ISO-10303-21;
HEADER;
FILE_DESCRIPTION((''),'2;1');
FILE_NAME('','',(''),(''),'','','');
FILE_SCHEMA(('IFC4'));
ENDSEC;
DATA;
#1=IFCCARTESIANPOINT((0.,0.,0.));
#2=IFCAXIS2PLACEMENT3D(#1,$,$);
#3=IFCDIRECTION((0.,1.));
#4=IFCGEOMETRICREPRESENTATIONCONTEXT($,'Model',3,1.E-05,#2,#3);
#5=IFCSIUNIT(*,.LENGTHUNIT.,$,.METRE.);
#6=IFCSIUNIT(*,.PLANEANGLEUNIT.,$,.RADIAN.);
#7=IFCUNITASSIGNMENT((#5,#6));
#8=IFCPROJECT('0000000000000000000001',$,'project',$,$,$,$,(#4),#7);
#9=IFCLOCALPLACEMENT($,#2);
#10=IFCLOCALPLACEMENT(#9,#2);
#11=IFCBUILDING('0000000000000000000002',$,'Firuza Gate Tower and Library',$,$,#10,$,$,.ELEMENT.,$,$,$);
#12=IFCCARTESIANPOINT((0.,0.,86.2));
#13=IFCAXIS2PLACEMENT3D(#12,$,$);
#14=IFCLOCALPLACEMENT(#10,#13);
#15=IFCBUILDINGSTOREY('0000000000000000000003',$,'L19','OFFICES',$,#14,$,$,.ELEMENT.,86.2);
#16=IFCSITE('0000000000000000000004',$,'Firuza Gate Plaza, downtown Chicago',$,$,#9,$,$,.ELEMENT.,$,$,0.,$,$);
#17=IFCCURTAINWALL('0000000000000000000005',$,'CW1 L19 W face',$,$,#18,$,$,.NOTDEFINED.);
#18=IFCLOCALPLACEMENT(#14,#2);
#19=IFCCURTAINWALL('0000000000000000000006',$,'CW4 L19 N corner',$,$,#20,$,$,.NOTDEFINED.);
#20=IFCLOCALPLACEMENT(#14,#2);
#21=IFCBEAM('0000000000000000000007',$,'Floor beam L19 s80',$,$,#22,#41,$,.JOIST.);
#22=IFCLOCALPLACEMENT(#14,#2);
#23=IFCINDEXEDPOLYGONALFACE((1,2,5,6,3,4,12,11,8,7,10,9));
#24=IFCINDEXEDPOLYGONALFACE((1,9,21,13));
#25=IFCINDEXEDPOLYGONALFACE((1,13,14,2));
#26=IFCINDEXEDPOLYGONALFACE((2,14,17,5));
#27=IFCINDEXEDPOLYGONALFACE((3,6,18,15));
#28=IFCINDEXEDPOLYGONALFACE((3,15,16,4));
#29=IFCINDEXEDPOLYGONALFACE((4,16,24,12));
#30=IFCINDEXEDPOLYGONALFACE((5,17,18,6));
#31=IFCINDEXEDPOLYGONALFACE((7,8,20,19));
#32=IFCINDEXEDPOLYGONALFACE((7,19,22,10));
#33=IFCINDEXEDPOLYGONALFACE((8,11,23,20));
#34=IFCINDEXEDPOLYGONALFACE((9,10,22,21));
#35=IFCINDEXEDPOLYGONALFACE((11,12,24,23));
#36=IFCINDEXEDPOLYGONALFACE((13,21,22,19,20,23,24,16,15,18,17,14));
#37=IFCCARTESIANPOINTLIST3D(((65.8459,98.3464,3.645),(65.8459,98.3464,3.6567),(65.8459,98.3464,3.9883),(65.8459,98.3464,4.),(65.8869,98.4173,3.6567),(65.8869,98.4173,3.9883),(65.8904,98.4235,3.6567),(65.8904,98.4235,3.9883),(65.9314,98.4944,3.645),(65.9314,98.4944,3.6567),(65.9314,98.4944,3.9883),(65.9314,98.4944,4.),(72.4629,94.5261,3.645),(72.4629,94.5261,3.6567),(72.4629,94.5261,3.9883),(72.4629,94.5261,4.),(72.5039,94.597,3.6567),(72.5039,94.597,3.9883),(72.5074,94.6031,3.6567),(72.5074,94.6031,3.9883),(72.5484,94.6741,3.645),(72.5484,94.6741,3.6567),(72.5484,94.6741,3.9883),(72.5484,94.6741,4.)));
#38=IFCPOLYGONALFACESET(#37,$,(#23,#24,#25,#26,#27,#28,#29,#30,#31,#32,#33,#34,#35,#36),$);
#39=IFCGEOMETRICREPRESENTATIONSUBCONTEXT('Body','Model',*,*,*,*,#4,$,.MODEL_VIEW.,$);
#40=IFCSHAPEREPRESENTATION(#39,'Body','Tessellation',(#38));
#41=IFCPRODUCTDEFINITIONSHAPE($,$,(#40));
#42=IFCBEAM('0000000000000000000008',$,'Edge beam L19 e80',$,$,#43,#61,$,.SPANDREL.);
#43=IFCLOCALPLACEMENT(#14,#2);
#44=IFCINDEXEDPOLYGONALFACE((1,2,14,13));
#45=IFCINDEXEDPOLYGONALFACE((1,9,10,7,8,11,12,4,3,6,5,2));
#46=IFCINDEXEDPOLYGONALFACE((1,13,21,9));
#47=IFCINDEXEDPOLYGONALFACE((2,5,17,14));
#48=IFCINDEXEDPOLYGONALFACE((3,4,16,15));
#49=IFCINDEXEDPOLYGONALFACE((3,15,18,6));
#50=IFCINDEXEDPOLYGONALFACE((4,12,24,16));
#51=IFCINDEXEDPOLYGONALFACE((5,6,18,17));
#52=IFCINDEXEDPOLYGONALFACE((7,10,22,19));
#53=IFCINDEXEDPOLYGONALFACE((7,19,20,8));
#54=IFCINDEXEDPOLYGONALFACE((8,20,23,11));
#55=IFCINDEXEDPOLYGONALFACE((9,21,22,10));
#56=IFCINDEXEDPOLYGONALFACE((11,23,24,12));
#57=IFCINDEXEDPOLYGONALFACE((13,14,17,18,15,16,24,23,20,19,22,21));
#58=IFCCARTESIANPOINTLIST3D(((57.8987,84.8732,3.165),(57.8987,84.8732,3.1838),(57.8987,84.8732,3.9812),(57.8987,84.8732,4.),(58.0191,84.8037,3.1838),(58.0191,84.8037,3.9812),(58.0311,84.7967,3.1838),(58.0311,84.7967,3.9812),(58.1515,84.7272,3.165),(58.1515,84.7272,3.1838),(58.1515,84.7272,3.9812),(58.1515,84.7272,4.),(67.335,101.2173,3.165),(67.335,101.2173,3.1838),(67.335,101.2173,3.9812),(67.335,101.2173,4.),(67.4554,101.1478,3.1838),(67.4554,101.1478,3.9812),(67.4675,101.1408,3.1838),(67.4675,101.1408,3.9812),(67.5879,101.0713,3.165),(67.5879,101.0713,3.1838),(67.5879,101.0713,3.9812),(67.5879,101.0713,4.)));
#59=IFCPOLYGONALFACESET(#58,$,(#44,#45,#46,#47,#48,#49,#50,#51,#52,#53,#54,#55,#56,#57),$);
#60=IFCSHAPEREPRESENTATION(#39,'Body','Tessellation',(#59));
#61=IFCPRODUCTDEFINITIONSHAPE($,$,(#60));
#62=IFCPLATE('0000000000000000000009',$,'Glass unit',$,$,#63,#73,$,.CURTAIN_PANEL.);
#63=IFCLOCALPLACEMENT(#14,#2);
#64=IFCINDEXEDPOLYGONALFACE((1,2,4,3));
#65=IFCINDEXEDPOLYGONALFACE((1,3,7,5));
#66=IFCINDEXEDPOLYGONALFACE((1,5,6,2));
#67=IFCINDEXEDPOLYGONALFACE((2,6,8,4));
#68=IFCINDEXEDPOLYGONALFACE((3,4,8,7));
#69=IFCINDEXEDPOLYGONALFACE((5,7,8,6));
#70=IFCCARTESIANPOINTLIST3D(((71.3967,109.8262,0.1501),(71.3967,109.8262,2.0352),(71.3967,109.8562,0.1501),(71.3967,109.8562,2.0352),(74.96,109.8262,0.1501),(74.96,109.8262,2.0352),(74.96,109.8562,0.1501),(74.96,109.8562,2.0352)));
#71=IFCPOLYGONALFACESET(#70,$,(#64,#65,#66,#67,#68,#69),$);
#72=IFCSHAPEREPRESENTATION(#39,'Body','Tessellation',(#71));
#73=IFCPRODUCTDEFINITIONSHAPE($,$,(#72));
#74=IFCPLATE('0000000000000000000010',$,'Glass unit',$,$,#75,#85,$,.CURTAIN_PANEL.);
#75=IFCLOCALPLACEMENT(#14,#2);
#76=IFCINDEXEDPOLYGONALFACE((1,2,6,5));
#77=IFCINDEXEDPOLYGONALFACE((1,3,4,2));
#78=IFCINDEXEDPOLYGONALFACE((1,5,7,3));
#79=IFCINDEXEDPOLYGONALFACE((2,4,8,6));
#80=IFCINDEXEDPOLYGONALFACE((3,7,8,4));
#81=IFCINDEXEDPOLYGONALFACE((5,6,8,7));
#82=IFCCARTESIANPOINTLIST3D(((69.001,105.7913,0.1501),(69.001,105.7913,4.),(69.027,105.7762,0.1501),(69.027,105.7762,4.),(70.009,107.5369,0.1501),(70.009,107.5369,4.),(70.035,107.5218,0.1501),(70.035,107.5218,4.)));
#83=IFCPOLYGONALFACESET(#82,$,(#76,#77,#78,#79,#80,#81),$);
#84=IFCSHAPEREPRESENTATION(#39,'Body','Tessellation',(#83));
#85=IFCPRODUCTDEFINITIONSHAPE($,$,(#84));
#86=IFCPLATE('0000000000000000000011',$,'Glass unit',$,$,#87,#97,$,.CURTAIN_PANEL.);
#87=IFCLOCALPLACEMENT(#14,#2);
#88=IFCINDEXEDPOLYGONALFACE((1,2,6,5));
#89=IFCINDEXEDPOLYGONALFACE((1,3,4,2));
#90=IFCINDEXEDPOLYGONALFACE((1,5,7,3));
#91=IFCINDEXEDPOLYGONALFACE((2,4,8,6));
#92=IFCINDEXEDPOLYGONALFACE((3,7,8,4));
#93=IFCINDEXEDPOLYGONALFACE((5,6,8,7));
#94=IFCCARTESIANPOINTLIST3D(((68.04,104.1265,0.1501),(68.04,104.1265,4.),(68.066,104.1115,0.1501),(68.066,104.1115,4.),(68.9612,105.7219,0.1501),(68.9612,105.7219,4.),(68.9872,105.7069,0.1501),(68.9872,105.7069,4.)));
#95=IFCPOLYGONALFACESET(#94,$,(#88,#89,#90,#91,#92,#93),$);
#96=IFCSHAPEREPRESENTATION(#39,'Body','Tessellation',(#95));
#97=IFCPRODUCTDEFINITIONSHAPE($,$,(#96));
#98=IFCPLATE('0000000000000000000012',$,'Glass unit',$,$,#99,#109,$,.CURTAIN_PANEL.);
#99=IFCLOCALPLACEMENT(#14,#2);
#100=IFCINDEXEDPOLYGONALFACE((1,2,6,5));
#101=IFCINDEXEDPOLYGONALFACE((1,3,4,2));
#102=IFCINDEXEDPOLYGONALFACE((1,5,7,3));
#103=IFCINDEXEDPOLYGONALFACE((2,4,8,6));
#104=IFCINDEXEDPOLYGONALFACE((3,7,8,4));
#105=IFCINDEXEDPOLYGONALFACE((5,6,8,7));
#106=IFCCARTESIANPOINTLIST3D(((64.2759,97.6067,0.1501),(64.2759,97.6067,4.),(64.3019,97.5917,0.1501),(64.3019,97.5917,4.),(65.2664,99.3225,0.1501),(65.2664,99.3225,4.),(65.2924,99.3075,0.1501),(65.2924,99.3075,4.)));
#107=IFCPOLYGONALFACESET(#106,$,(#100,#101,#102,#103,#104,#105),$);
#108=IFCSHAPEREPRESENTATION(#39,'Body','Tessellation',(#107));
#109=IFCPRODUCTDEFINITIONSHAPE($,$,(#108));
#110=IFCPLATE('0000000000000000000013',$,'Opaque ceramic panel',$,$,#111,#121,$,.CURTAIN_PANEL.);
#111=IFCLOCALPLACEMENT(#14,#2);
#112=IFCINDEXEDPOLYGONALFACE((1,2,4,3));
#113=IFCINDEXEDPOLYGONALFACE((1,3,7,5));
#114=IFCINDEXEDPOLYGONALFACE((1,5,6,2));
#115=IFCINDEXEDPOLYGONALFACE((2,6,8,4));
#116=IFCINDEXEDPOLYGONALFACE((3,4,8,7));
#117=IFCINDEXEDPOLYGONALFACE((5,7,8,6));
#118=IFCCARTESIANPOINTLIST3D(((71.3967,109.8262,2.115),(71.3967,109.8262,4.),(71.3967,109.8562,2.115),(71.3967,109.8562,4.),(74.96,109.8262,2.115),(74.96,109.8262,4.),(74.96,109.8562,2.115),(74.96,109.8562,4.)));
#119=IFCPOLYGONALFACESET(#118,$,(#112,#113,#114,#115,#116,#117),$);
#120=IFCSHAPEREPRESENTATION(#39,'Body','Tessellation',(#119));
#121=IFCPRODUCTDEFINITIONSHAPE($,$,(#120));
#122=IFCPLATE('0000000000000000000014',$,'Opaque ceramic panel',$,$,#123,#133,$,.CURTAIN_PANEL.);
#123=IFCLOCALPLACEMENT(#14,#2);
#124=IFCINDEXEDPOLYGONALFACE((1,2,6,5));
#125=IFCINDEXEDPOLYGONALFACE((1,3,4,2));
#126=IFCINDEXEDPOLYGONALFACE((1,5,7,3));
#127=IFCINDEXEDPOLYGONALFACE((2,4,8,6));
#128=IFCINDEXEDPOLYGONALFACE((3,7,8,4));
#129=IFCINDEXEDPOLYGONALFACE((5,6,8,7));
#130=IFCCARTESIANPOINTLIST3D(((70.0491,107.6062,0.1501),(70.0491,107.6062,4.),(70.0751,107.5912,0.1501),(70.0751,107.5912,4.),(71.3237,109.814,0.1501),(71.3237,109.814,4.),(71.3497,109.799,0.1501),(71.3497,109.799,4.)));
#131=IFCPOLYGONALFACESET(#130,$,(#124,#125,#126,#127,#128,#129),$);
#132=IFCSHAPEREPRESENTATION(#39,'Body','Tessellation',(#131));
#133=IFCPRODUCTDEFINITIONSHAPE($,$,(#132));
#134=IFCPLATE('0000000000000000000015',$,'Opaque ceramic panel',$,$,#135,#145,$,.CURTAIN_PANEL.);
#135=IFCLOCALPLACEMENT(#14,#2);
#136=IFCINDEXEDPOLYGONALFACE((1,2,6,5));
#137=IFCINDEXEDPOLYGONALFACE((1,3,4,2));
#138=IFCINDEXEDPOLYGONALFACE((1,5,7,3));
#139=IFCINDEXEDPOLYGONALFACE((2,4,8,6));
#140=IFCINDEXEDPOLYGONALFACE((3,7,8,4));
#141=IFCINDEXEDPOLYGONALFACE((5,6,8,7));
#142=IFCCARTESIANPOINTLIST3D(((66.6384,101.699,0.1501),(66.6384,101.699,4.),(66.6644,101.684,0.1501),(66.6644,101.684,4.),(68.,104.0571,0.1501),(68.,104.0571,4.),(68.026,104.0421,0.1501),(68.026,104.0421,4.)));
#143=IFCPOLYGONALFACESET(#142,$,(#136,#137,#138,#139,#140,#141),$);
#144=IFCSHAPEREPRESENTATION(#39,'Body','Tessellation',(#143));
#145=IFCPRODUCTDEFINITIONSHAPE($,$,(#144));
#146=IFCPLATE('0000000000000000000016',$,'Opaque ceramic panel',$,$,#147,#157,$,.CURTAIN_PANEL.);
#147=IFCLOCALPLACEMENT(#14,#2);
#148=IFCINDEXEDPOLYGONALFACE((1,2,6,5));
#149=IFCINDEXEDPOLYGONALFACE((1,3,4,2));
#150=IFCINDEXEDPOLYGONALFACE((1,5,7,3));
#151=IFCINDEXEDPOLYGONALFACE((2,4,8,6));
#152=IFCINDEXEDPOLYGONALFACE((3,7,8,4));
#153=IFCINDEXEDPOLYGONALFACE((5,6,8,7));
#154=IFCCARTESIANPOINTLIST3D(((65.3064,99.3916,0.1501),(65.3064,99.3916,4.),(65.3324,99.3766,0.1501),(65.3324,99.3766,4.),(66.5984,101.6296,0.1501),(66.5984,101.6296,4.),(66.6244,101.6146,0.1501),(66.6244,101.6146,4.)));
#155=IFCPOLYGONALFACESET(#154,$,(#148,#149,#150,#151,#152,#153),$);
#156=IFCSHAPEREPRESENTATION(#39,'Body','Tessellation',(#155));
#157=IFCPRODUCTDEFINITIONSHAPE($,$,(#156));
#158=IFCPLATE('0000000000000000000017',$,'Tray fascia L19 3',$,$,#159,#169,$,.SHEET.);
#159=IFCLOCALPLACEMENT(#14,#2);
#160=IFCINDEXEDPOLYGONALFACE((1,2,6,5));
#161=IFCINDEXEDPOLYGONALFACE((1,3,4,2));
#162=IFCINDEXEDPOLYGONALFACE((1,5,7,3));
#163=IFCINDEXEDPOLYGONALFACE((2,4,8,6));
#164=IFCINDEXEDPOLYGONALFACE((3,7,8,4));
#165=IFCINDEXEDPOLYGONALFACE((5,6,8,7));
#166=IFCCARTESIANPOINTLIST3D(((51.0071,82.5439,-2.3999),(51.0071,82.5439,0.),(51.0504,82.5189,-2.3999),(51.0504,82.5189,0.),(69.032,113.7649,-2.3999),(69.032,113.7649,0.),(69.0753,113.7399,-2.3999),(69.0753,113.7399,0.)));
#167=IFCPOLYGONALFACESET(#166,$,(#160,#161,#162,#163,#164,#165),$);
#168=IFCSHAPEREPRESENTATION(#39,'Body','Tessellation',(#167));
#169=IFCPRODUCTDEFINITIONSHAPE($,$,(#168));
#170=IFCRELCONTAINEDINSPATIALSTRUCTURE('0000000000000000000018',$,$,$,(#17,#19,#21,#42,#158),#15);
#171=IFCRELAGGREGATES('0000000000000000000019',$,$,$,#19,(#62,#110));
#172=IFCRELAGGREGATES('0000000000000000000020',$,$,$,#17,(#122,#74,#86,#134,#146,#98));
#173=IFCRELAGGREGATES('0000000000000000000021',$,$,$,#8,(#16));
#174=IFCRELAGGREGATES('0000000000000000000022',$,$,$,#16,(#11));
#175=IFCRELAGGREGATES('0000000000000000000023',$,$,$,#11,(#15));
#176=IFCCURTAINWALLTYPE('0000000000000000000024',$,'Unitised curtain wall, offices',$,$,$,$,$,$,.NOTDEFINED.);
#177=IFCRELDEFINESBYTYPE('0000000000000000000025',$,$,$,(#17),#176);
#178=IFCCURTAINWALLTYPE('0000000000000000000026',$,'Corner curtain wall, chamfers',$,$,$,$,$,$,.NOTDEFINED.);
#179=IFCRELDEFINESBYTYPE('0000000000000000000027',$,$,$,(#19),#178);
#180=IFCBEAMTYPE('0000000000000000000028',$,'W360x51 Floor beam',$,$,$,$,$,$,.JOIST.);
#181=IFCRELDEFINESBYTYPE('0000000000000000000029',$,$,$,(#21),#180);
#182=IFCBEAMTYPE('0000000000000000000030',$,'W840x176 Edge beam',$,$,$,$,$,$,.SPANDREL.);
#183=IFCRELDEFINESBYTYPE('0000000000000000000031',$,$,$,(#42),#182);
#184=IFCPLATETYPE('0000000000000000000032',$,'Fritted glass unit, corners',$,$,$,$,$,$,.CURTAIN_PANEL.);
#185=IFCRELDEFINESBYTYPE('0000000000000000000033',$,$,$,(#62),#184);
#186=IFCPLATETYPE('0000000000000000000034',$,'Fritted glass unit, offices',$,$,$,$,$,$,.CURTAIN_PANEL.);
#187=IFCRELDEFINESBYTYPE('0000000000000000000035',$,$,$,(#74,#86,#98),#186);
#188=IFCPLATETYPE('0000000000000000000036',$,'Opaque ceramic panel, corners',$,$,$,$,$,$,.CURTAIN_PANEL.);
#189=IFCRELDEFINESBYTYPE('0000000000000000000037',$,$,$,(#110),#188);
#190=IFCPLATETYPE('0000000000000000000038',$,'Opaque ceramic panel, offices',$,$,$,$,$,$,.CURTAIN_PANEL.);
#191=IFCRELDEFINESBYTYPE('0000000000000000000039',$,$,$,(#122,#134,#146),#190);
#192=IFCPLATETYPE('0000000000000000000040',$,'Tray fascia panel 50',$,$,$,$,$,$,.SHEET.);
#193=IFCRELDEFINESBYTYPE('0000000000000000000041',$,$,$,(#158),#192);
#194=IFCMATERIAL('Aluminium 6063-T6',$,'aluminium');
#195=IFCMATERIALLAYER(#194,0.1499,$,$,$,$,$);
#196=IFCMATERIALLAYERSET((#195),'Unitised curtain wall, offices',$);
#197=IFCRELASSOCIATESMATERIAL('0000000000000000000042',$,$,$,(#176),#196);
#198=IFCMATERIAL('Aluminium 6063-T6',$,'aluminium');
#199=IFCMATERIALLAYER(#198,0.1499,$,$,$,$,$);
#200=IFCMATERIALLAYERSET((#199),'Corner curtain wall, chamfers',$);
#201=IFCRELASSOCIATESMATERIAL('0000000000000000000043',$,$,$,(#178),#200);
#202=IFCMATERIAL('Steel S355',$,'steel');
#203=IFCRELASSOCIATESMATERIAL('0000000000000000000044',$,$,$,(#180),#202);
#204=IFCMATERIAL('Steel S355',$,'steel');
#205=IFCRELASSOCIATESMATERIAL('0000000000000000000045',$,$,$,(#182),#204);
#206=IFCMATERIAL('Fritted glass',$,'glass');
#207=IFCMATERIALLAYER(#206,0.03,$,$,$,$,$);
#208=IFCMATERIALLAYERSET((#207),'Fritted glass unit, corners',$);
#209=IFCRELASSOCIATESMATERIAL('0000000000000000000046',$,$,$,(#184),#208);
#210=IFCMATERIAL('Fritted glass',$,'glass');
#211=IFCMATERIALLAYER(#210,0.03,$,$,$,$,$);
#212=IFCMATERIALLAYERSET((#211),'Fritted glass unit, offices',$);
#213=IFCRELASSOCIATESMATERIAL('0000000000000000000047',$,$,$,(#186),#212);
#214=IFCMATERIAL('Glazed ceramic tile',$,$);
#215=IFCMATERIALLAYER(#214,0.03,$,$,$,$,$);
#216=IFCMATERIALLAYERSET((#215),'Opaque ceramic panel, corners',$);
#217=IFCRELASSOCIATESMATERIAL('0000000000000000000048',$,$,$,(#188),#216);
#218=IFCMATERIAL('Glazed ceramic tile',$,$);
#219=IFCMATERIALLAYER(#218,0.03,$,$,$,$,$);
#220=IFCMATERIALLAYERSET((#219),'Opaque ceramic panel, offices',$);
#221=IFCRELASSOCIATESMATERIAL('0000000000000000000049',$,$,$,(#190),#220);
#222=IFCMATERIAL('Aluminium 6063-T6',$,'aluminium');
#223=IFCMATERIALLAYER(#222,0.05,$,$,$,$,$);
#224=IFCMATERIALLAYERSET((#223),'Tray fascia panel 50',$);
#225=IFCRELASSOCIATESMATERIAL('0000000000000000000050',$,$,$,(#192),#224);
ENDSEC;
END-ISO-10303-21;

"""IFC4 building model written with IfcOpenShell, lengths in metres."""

from ifc_helpers import new_model, si_unit, direction, frame, origin, origin_2d, place, context, subcontext, project, spatial, polyline, i_section, outline, extrude, material, layer, layer_set, material_profile, profile_set, type_object, element, aggregate, save


model = new_model("IFC4")

# Units and contexts
model_context = context("Model", 3, precision=1e-05, world=origin(), true_north=direction((0.0, 1.0)))
body_context = subcontext(model_context, "Body", "Model", "MODEL_VIEW")
ifc_project = project(units=[si_unit("LENGTHUNIT", "METRE"), si_unit("PLANEANGLEUNIT", "RADIAN")], contexts=[model_context])

# Site, building, storey
site_placement = place(None, origin())
site = spatial("IfcSite", under=ifc_project, at=site_placement, Name="Firuza Gate Plaza, downtown Chicago", CompositionType="ELEMENT", RefElevation=0.0)
building_placement = place(site_placement, origin())
building = spatial("IfcBuilding", under=site, at=building_placement, Name="Firuza Gate Tower and Library", CompositionType="ELEMENT")
storey_placement = place(building_placement, frame((0.0, 0.0, 86.2)))
storey = spatial("IfcBuildingStorey", under=building, at=storey_placement, Name="L19", Description="OFFICES", CompositionType="ELEMENT", Elevation=86.2)

# Curtain wall
ifc_material_1 = material(Name="Aluminium 6063-T6", Category="aluminium")
ifc_layer_1 = layer(ifc_material_1, 0.1499)
ifc_layer_set_1 = layer_set([ifc_layer_1], Name="Unitised curtain wall, offices")
curtain_wall_type_1 = type_object("IfcCurtainWallType", Name="Unitised curtain wall, offices", PredefinedType="NOTDEFINED", material=ifc_layer_set_1)
placement = place(storey_placement, origin())
curtain_wall_1 = element("IfcCurtainWall", 1, at=placement, inside=storey, type_object=curtain_wall_type_1, Name="CW1 L19 W face", PredefinedType="NOTDEFINED")

# Curtain wall
ifc_material_2 = material(Name="Aluminium 6063-T6", Category="aluminium")
ifc_layer_2 = layer(ifc_material_2, 0.1499)
ifc_layer_set_2 = layer_set([ifc_layer_2], Name="Corner curtain wall, chamfers")
curtain_wall_type_2 = type_object("IfcCurtainWallType", Name="Corner curtain wall, chamfers", PredefinedType="NOTDEFINED", material=ifc_layer_set_2)
curtain_wall_2 = element("IfcCurtainWall", 2, at=placement, inside=storey, type_object=curtain_wall_type_2, Name="CW4 L19 N corner", PredefinedType="NOTDEFINED")

# Beams
ifc_material_3 = material(Name="Steel S355", Category="steel")
ifc_material_profile_1 = material_profile(ifc_material_3, i_section(OverallWidth=0.1709, OverallDepth=0.355, WebThickness=0.0071, FlangeThickness=0.0117, at=origin_2d()))
ifc_profile_set_1 = profile_set([ifc_material_profile_1], Name="Steel S355")
beam_type_1 = type_object("IfcBeamType", Name="W360x51 Floor beam", PredefinedType="JOIST", material=ifc_profile_set_1)
beam_1_placement = place(storey_placement, frame((65.8887, 98.4204, 3.8225), z_axis=(0.866024, -0.500002, 0.0), x_axis=(0.500002, 0.866024, 0.0)))
element("IfcBeam", 3, at=beam_1_placement, inside=storey, type_object=beam_type_1, Name="Floor beam L19 s80", PredefinedType="JOIST", context=body_context, shape_type="SweptSolid", body=[
    extrude(i_section(OverallWidth=0.1709, OverallDepth=0.355, WebThickness=0.0071, FlangeThickness=0.0117, at=origin_2d()), origin(), (0.0, 0.0, 1.0), 7.6406),
])
ifc_material_4 = material(Name="Steel S355", Category="steel")
ifc_material_profile_2 = material_profile(ifc_material_4, i_section(OverallWidth=0.292, OverallDepth=0.835, WebThickness=0.0139, FlangeThickness=0.0188, at=origin_2d()))
ifc_profile_set_2 = profile_set([ifc_material_profile_2], Name="Steel S355")
beam_type_2 = type_object("IfcBeamType", Name="W840x176 Edge beam", PredefinedType="SPANDREL", material=ifc_profile_set_2)
beam_2_placement = place(storey_placement, frame((67.4614, 101.1443, 3.5825), z_axis=(-0.500003, -0.866024, 0.0), x_axis=(0.866024, -0.500003, 0.0)))
element("IfcBeam", 4, at=beam_2_placement, inside=storey, type_object=beam_type_2, Name="Edge beam L19 e80", PredefinedType="SPANDREL", context=body_context, shape_type="SweptSolid", body=[
    extrude(i_section(OverallWidth=0.292, OverallDepth=0.835, WebThickness=0.0139, FlangeThickness=0.0188, at=origin_2d()), origin(), (0.0, 0.0, 1.0), 18.8726),
])

# Plates
ifc_material_5 = material(Name="Fritted glass", Category="glass")
ifc_layer_3 = layer(ifc_material_5, 0.03)
ifc_layer_set_3 = layer_set([ifc_layer_3], Name="Fritted glass unit, corners")
plate_type_1 = type_object("IfcPlateType", Name="Fritted glass unit, corners", PredefinedType="CURTAIN_PANEL", material=ifc_layer_set_3)
plate_1_placement = place(storey_placement, frame((74.96, 109.8562, 0.1501), z_axis=(0.0, 1.0, 0.0), x_axis=(-1.0, 0.0, 0.0)))
plate_1 = element("IfcPlate", 5, at=plate_1_placement, type_object=plate_type_1, Name="Glass unit", PredefinedType="CURTAIN_PANEL", context=body_context, shape_type="SweptSolid", body=[
    extrude(outline(polyline([(0.0, 0.0), (3.5632, 0.0), (3.5632, 1.885), (0.0, 1.885), (0.0, 0.0)])), origin(), (0.0, 0.0, -1.0), 0.03),
])
ifc_material_6 = material(Name="Fritted glass", Category="glass")
ifc_layer_4 = layer(ifc_material_6, 0.03)
ifc_layer_set_4 = layer_set([ifc_layer_4], Name="Fritted glass unit, offices")
plate_type_2 = type_object("IfcPlateType", Name="Fritted glass unit, offices", PredefinedType="CURTAIN_PANEL", material=ifc_layer_set_4)
plate_2_placement = place(storey_placement, frame((70.009, 107.5369, 0.1501), z_axis=(-0.865976, 0.500086, 0.0), x_axis=(-0.500086, -0.865976, 0.0)))
plate_2 = element("IfcPlate", 6, at=plate_2_placement, type_object=plate_type_2, Name="Glass unit", PredefinedType="CURTAIN_PANEL", context=body_context, shape_type="SweptSolid", body=[
    extrude(outline(polyline([(0.0, 0.0), (2.0158, 0.0), (2.0158, 3.8499), (0.0, 3.8499), (0.0, 0.0)])), origin(), (0.0, 0.0, -1.0), 0.03),
])
plate_3_placement = place(storey_placement, frame((68.9612, 105.7219, 0.1501), z_axis=(-0.866024, 0.500002, 0.0), x_axis=(-0.500002, -0.866024, 0.0)))
plate_3 = element("IfcPlate", 7, at=plate_3_placement, type_object=plate_type_2, Name="Glass unit", PredefinedType="CURTAIN_PANEL", context=body_context, shape_type="SweptSolid", body=[
    extrude(outline(polyline([(0.0, 0.0), (1.8423, 0.0), (1.8423, 3.8499), (0.0, 3.8499), (0.0, 0.0)])), origin(), (0.0, 0.0, -1.0), 0.03),
])
plate_4_placement = place(storey_placement, frame((65.2664, 99.3225, 0.1501), z_axis=(-0.866058, 0.499943, 0.0), x_axis=(-0.499943, -0.866058, 0.0)))
plate_4 = element("IfcPlate", 8, at=plate_4_placement, type_object=plate_type_2, Name="Glass unit", PredefinedType="CURTAIN_PANEL", context=body_context, shape_type="SweptSolid", body=[
    extrude(outline(polyline([(0.0, 0.0), (1.9812, 0.0), (1.9812, 3.8499), (0.0, 3.8499), (0.0, 0.0)])), origin(), (0.0, 0.0, -1.0), 0.03),
])
ifc_material_7 = material(Name="Glazed ceramic tile")
ifc_layer_5 = layer(ifc_material_7, 0.03)
ifc_layer_set_5 = layer_set([ifc_layer_5], Name="Opaque ceramic panel, corners")
plate_type_3 = type_object("IfcPlateType", Name="Opaque ceramic panel, corners", PredefinedType="CURTAIN_PANEL", material=ifc_layer_set_5)
plate_5_placement = place(storey_placement, frame((74.96, 109.8562, 2.115), z_axis=(0.0, 1.0, 0.0), x_axis=(-1.0, 0.0, 0.0)))
plate_5 = element("IfcPlate", 9, at=plate_5_placement, type_object=plate_type_3, Name="Opaque ceramic panel", PredefinedType="CURTAIN_PANEL", context=body_context, shape_type="SweptSolid", body=[
    extrude(outline(polyline([(0.0, 0.0), (3.5632, 0.0), (3.5632, 1.885), (0.0, 1.885), (0.0, 0.0)])), origin(), (0.0, 0.0, -1.0), 0.03),
])
aggregate(curtain_wall_2, [plate_1, plate_5])
ifc_material_8 = material(Name="Glazed ceramic tile")
ifc_layer_6 = layer(ifc_material_8, 0.03)
ifc_layer_set_6 = layer_set([ifc_layer_6], Name="Opaque ceramic panel, offices")
plate_type_4 = type_object("IfcPlateType", Name="Opaque ceramic panel, offices", PredefinedType="CURTAIN_PANEL", material=ifc_layer_set_6)
plate_6_placement = place(storey_placement, frame((71.3237, 109.814, 0.1501), z_axis=(-0.866025, 0.500002, 0.0), x_axis=(-0.500002, -0.866025, 0.0)))
plate_6 = element("IfcPlate", 10, at=plate_6_placement, type_object=plate_type_4, Name="Opaque ceramic panel", PredefinedType="CURTAIN_PANEL", context=body_context, shape_type="SweptSolid", body=[
    extrude(outline(polyline([(0.0, 0.0), (2.5493, 0.0), (2.5493, 3.8499), (0.0, 3.8499), (0.0, 0.0)])), origin(), (0.0, 0.0, -1.0), 0.03),
])
plate_7_placement = place(storey_placement, frame((68.0, 104.0571, 0.1501), z_axis=(-0.866011, 0.500025, 0.0), x_axis=(-0.500025, -0.866011, 0.0)))
plate_7 = element("IfcPlate", 11, at=plate_7_placement, type_object=plate_type_4, Name="Opaque ceramic panel", PredefinedType="CURTAIN_PANEL", context=body_context, shape_type="SweptSolid", body=[
    extrude(outline(polyline([(0.0, 0.0), (2.723, 0.0), (2.723, 3.8499), (0.0, 3.8499), (0.0, 0.0)])), origin(), (0.0, 0.0, -1.0), 0.03),
])
plate_8_placement = place(storey_placement, frame((66.5984, 101.6296, 0.1501), z_axis=(-0.866049, 0.49996, 0.0), x_axis=(-0.49996, -0.866049, 0.0)))
plate_8 = element("IfcPlate", 12, at=plate_8_placement, type_object=plate_type_4, Name="Opaque ceramic panel", PredefinedType="CURTAIN_PANEL", context=body_context, shape_type="SweptSolid", body=[
    extrude(outline(polyline([(0.0, 0.0), (2.5842, 0.0), (2.5842, 3.8499), (0.0, 3.8499), (0.0, 0.0)])), origin(), (0.0, 0.0, -1.0), 0.03),
])
aggregate(curtain_wall_1, [plate_6, plate_2, plate_3, plate_7, plate_8, plate_4])
ifc_material_9 = material(Name="Aluminium 6063-T6", Category="aluminium")
ifc_layer_7 = layer(ifc_material_9, 0.05)
ifc_layer_set_7 = layer_set([ifc_layer_7], Name="Tray fascia panel 50")
plate_type_5 = type_object("IfcPlateType", Name="Tray fascia panel 50", PredefinedType="SHEET", material=ifc_layer_set_7)
plate_9_placement = place(storey_placement, frame((69.032, 113.7649, -2.3999), z_axis=(-0.866032, 0.499989, 0.0), x_axis=(-0.499989, -0.866032, 0.0)))
element("IfcPlate", 13, at=plate_9_placement, inside=storey, type_object=plate_type_5, Name="Tray fascia L19 3", PredefinedType="SHEET", context=body_context, shape_type="SweptSolid", body=[
    extrude(outline(polyline([(0.0, 0.0), (36.0506, 0.0), (36.0506, 2.3999), (0.0, 2.3999), (0.0, 0.0)])), origin(), (0.0, 0.0, -1.0), 0.05),
])

save(model, "model.ifc")
